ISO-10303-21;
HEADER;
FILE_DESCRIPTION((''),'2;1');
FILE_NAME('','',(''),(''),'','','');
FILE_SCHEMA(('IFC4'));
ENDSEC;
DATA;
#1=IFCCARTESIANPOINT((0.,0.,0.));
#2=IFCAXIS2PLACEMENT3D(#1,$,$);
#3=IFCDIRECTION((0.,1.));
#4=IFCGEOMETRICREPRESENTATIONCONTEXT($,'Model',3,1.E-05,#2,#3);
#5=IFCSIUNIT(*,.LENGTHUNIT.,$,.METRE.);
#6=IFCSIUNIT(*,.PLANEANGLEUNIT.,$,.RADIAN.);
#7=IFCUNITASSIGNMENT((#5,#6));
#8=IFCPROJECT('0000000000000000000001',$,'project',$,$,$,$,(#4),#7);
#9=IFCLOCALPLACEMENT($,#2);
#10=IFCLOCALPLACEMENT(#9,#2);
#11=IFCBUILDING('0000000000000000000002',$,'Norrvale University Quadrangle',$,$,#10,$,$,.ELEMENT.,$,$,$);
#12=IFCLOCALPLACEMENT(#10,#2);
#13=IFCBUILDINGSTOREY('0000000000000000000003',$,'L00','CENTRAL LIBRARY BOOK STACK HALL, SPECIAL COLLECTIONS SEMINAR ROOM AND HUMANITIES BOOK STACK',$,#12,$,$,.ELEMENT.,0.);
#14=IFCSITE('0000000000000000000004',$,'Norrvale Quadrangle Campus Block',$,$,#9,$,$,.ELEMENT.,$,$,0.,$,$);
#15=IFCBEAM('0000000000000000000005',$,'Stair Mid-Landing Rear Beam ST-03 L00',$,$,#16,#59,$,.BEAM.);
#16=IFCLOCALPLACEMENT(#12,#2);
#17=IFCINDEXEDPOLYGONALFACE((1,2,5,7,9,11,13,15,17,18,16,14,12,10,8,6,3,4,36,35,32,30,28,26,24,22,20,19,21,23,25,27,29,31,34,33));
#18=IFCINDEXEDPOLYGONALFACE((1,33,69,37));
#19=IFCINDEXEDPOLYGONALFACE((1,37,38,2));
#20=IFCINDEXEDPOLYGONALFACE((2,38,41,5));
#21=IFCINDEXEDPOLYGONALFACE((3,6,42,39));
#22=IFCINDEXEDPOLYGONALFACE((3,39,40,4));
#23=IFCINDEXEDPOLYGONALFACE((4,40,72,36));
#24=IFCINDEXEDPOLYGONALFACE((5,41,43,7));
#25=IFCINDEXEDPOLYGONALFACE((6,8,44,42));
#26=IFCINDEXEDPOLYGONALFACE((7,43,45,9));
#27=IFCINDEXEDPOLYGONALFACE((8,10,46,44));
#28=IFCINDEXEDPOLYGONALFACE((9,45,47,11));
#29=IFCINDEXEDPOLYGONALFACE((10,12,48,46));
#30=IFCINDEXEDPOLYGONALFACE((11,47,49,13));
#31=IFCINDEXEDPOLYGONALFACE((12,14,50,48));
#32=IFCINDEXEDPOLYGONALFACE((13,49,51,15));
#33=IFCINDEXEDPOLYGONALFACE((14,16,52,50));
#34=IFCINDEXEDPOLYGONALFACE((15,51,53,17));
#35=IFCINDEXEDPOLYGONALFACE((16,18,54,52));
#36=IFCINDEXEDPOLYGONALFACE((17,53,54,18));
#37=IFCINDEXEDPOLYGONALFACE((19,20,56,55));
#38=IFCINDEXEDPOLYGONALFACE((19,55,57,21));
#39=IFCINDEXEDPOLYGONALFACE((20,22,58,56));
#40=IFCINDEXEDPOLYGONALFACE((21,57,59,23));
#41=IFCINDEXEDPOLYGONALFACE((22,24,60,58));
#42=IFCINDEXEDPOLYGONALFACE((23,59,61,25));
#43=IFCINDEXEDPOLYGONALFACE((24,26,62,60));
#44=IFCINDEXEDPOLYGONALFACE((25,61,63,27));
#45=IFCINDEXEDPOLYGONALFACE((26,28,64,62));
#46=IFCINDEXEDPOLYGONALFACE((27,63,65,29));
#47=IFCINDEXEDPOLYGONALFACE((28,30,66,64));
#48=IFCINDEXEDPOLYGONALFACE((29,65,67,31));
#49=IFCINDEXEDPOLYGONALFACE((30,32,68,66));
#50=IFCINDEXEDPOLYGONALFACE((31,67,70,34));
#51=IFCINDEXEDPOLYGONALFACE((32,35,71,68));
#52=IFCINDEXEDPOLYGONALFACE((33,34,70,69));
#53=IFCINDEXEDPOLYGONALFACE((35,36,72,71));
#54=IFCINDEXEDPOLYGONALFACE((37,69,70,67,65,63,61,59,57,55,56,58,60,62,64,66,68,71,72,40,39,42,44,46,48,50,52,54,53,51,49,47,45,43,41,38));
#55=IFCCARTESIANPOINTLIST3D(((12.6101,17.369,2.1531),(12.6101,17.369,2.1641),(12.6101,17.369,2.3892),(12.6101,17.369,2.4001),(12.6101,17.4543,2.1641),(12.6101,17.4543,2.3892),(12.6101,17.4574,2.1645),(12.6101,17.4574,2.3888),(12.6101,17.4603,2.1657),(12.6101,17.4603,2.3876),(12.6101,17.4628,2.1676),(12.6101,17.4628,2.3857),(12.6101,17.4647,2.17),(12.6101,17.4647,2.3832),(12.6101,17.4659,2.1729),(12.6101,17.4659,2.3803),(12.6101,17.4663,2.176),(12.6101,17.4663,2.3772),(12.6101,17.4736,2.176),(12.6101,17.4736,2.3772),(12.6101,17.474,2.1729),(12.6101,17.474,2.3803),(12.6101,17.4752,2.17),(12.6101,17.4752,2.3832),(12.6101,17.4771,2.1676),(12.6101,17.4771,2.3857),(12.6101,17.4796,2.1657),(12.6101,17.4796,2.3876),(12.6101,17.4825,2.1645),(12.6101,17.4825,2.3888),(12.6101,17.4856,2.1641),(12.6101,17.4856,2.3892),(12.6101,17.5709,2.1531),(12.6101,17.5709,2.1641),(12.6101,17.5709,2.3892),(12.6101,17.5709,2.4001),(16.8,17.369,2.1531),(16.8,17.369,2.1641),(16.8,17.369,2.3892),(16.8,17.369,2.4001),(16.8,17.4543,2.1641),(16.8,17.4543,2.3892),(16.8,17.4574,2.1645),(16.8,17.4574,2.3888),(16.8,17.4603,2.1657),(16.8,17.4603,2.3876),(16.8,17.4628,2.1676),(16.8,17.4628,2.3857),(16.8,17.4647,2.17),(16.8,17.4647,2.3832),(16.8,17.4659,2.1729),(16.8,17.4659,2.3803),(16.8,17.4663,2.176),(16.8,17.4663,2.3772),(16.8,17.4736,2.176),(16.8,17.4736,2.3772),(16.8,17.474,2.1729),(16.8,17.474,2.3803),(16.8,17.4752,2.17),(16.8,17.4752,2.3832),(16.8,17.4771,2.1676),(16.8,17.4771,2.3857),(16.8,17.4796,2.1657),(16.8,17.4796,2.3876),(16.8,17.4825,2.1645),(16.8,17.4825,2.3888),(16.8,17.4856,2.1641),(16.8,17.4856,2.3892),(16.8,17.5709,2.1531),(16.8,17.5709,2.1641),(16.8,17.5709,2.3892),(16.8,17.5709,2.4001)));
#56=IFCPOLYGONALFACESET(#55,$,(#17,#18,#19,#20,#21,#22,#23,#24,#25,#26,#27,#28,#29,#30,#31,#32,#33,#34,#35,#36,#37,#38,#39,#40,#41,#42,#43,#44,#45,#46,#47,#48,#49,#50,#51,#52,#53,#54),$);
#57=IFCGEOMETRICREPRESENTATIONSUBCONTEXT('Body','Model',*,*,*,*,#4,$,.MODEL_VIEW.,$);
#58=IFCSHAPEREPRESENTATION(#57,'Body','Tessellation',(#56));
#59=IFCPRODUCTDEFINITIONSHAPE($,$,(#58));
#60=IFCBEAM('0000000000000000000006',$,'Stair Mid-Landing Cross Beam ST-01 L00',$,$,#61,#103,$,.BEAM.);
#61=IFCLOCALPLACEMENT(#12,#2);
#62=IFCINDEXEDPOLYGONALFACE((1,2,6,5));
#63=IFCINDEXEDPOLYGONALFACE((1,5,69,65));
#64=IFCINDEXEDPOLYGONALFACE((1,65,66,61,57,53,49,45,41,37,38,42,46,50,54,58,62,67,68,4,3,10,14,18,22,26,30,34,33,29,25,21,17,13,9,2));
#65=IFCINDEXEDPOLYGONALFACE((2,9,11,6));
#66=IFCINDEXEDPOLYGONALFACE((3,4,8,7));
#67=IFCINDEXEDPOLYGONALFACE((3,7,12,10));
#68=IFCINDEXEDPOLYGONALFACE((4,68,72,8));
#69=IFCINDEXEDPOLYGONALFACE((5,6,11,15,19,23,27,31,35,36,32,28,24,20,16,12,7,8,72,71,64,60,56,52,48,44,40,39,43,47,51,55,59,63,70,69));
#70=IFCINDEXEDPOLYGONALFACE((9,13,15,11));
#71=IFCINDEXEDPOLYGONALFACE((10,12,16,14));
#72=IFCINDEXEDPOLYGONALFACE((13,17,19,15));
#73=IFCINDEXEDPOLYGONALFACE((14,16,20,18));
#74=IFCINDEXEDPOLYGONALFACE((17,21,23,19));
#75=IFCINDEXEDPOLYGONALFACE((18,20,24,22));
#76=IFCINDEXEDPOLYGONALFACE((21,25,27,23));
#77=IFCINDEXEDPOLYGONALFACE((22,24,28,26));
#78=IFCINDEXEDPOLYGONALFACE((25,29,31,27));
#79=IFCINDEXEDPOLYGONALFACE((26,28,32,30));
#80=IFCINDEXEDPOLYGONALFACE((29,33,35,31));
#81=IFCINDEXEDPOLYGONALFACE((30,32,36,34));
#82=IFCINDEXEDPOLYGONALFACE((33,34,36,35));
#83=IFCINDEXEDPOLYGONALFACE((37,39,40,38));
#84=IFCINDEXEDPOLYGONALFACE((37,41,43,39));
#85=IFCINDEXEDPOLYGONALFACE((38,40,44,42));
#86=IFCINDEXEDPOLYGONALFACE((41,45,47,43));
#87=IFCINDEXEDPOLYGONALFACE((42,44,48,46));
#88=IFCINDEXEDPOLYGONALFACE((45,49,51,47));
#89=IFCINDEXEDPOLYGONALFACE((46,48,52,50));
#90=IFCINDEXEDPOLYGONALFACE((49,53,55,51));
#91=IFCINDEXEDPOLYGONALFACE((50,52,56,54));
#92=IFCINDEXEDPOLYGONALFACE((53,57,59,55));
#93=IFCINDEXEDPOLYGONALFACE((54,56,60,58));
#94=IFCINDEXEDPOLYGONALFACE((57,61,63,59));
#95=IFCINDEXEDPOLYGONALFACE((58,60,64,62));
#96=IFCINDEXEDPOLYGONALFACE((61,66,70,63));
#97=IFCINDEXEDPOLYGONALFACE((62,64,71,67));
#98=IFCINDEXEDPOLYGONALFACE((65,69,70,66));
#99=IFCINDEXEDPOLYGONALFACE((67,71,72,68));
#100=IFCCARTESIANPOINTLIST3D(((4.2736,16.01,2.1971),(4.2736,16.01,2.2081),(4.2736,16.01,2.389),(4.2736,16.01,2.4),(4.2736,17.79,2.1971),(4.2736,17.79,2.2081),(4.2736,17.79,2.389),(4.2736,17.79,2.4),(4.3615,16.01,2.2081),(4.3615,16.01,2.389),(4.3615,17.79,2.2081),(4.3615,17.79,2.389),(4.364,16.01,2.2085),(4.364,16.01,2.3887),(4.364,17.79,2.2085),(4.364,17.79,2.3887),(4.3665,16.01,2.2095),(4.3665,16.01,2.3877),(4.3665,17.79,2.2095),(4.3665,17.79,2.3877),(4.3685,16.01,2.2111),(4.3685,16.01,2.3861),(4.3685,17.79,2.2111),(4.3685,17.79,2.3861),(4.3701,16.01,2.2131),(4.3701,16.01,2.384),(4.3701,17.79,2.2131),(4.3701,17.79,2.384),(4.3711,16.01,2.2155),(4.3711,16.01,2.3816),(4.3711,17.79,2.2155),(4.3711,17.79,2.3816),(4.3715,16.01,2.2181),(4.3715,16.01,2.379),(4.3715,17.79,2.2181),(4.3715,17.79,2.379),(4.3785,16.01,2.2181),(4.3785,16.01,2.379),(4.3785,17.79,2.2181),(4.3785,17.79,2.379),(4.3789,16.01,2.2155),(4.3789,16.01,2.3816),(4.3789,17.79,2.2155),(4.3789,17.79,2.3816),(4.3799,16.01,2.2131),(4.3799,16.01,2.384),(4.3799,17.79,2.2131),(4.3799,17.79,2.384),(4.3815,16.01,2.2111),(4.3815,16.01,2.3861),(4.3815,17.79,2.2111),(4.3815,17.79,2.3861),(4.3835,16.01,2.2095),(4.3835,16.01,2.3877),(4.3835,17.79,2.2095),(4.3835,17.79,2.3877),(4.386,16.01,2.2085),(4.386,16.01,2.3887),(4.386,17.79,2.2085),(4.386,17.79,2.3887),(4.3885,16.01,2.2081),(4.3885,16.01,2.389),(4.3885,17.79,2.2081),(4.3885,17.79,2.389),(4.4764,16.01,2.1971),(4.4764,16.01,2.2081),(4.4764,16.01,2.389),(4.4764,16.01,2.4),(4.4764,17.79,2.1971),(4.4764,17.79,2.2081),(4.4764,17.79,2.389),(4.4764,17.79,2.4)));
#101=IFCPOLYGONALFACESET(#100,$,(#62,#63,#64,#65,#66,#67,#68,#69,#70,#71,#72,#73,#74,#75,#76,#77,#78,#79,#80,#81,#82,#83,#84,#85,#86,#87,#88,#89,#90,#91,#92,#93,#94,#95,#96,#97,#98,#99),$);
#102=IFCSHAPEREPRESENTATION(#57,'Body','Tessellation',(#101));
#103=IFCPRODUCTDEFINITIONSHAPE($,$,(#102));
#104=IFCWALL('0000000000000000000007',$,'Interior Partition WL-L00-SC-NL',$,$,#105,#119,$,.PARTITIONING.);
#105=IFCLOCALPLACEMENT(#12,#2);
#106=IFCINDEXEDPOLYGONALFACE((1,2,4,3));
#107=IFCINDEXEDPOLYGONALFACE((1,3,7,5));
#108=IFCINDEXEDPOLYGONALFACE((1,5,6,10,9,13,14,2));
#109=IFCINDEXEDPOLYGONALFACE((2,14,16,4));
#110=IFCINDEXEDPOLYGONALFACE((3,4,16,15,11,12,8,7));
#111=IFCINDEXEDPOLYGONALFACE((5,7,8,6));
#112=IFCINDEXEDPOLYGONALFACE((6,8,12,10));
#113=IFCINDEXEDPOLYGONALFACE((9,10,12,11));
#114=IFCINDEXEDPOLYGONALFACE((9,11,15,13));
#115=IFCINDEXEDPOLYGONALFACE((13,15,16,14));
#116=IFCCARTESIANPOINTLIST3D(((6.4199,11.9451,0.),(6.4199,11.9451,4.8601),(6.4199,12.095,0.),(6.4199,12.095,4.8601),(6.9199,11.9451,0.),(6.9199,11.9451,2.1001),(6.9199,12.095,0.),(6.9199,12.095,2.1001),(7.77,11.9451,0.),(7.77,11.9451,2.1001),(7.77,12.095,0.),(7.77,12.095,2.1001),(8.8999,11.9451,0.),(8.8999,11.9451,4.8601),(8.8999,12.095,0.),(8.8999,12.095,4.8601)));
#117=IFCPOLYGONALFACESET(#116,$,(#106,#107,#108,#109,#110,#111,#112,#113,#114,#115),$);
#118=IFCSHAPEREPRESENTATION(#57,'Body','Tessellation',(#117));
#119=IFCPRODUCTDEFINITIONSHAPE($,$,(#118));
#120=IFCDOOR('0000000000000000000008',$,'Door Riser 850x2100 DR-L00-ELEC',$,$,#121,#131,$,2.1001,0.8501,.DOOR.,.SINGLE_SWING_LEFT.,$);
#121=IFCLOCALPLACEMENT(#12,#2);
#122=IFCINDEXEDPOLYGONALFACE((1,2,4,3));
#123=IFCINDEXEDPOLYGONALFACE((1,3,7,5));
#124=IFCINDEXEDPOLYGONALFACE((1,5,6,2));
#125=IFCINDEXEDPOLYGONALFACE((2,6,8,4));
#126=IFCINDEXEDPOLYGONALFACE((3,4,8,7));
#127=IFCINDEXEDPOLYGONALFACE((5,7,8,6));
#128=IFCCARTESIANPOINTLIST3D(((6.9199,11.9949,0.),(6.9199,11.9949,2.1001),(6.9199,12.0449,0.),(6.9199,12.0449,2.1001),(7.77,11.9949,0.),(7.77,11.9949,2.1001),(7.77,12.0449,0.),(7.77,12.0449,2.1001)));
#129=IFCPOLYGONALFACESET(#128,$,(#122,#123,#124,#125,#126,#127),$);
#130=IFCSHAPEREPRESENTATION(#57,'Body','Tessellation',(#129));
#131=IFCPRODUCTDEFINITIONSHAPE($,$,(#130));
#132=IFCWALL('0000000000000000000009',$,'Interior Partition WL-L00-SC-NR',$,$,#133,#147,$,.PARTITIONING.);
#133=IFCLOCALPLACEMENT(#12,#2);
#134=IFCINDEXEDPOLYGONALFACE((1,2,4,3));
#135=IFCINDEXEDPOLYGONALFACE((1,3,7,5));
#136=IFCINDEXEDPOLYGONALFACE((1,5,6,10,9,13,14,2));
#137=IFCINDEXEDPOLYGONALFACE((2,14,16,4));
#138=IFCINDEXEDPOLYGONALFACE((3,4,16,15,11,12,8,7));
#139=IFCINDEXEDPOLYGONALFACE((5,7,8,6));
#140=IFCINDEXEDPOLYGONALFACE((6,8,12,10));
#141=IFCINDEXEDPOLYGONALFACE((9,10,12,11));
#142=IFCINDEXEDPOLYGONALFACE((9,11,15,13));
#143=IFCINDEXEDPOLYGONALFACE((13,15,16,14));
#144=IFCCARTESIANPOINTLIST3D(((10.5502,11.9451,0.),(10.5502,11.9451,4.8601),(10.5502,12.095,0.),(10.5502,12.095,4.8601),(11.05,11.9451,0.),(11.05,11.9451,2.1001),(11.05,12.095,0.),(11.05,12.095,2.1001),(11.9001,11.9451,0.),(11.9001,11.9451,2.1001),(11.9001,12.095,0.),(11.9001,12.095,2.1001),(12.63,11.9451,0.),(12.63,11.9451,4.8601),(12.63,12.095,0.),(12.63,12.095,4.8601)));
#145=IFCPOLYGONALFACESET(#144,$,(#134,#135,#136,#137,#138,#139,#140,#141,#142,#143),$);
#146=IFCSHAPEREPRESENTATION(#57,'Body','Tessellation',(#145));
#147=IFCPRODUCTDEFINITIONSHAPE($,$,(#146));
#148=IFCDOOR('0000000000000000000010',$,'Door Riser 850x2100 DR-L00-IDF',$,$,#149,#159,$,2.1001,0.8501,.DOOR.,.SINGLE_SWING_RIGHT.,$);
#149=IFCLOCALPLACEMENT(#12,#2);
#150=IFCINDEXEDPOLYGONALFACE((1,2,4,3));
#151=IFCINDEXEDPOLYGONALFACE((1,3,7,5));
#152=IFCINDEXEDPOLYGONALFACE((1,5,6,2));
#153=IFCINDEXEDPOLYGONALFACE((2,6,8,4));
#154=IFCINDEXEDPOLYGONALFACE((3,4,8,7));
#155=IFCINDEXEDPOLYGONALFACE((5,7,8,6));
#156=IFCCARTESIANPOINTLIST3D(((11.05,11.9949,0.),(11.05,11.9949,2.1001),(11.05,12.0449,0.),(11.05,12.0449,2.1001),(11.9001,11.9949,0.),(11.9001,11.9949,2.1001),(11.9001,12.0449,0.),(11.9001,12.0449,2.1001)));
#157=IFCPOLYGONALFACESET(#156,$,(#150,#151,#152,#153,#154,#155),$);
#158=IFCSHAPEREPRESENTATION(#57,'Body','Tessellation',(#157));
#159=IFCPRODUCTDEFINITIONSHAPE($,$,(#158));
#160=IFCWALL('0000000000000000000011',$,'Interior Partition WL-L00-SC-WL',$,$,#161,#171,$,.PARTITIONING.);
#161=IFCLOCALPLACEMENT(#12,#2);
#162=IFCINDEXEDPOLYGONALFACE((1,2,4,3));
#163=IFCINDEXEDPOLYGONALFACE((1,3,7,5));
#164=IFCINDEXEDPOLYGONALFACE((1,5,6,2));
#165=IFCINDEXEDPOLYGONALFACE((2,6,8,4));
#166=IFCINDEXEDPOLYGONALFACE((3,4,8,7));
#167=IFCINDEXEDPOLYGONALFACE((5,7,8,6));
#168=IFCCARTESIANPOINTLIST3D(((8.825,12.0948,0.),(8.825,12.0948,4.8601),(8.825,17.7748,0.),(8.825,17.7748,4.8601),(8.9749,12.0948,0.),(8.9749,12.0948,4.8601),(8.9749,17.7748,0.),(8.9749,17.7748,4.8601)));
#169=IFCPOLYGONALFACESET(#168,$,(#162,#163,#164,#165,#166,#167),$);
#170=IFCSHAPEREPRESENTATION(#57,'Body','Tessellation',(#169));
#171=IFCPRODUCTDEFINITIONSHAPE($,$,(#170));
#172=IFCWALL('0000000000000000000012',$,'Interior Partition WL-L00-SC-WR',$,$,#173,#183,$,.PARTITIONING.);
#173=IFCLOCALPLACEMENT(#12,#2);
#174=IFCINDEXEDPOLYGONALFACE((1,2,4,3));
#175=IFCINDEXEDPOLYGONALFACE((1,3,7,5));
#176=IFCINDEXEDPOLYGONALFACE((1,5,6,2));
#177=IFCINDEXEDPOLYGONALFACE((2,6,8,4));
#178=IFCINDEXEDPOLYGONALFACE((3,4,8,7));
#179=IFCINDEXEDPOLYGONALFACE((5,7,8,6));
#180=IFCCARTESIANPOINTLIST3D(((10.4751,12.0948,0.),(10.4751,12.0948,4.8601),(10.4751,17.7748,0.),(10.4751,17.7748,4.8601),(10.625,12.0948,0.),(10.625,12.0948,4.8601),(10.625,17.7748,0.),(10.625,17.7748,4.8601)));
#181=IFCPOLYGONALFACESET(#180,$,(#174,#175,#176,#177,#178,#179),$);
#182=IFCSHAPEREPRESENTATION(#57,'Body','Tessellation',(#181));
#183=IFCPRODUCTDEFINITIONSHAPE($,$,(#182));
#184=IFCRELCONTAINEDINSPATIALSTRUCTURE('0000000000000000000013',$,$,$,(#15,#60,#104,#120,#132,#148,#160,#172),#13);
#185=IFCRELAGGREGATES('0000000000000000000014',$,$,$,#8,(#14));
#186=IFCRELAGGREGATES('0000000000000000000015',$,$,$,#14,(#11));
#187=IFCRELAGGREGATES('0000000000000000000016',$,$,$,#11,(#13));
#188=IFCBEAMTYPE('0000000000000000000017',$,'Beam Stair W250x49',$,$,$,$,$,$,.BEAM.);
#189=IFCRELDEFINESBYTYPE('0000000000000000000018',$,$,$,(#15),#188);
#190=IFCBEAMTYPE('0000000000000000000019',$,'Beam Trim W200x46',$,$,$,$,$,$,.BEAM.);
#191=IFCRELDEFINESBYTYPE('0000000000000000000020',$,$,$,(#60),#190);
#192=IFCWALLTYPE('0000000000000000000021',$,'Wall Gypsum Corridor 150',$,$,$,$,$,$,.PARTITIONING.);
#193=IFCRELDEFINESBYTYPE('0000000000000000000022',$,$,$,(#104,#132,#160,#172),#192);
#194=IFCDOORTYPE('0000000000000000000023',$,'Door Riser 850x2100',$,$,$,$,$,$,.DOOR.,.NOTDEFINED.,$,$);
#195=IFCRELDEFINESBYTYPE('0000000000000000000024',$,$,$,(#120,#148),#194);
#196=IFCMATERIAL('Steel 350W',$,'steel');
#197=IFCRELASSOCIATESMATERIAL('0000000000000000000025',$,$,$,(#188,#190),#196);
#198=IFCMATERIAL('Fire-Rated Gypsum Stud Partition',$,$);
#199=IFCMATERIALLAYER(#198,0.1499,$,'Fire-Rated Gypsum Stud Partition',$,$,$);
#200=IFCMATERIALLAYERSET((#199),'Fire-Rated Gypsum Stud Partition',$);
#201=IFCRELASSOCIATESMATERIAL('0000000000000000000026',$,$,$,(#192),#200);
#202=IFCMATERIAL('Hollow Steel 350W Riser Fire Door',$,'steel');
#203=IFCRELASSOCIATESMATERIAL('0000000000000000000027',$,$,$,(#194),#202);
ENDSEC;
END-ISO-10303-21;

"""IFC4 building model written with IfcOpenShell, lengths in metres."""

from ifc_helpers import new_model, si_unit, direction, frame, frame_2d, origin, origin_2d, place, context, subcontext, project, spatial, rectangle, i_section, extrude, material, layer, layer_set, material_profile, profile_set, type_object, element, fill, save


model = new_model("IFC4")

# Units and contexts
model_context = context("Model", 3, precision=1e-05, world=origin(), true_north=direction((0.0, 1.0)))
body_context = subcontext(model_context, "Body", "Model", "MODEL_VIEW")
ifc_project = project(units=[si_unit("LENGTHUNIT", "METRE"), si_unit("PLANEANGLEUNIT", "RADIAN")], contexts=[model_context])

# Site, building, storey
site_placement = place(None, origin())
site = spatial("IfcSite", under=ifc_project, at=site_placement, Name="Norrvale Quadrangle Campus Block", CompositionType="ELEMENT", RefElevation=0.0)
building_placement = place(site_placement, origin())
building = spatial("IfcBuilding", under=site, at=building_placement, Name="Norrvale University Quadrangle", CompositionType="ELEMENT")
storey_placement = place(building_placement, origin())
storey = spatial("IfcBuildingStorey", under=building, at=storey_placement, Name="L00", Description="CENTRAL LIBRARY BOOK STACK HALL, SPECIAL COLLECTIONS SEMINAR ROOM AND HUMANITIES BOOK STACK", CompositionType="ELEMENT", Elevation=0.0)

# Beams
ifc_material_1 = material(Name="Steel 350W", Category="steel")
ifc_material_profile_1 = material_profile(ifc_material_1, i_section(OverallWidth=0.2019, OverallDepth=0.2471, WebThickness=0.0073, FlangeThickness=0.011, FilletRadius=0.012, at=origin_2d()), Name="Steel 350W")
ifc_profile_set_1 = profile_set([ifc_material_profile_1], Name="Steel 350W")
beam_type_1 = type_object("IfcBeamType", Name="Beam Stair W250x49", PredefinedType="BEAM", material=ifc_profile_set_1)
for number, where, z_axis, x_axis, name in (
    (1, (12.6101, 17.47, 2.2766), (1.0, 0.0, 0.0), (0.0, 1.0, 0.0), "Stair Mid-Landing Rear Beam ST-03 L00"),
):
    element("IfcBeam", number, at=place(storey_placement, frame(where, z_axis=z_axis, x_axis=x_axis)), inside=storey, type_object=beam_type_1, Name=name, PredefinedType="BEAM", context=body_context, shape_type="SweptSolid", body=[
        extrude(i_section(OverallWidth=0.2019, OverallDepth=0.2471, WebThickness=0.0073, FlangeThickness=0.011, FilletRadius=0.012, at=origin_2d()), origin(), (0.0, 0.0, 1.0), 4.1899),
    ])
ifc_material_profile_2 = material_profile(ifc_material_1, i_section(OverallWidth=0.2029, OverallDepth=0.2029, WebThickness=0.0071, FlangeThickness=0.011, FilletRadius=0.01, at=origin_2d()), Name="Steel 350W")
ifc_profile_set_2 = profile_set([ifc_material_profile_2], Name="Steel 350W")
beam_type_2 = type_object("IfcBeamType", Name="Beam Trim W200x46", PredefinedType="BEAM", material=ifc_profile_set_2)
beam_1_placement = place(storey_placement, frame((4.375, 16.01, 2.2986), z_axis=(0.0, 1.0, 0.0), x_axis=(-1.0, 0.0, 0.0)))
element("IfcBeam", 2, at=beam_1_placement, inside=storey, type_object=beam_type_2, Name="Stair Mid-Landing Cross Beam ST-01 L00", PredefinedType="BEAM", context=body_context, shape_type="SweptSolid", body=[
    extrude(i_section(OverallWidth=0.2029, OverallDepth=0.2029, WebThickness=0.0071, FlangeThickness=0.011, FilletRadius=0.01, at=origin_2d()), origin(), (0.0, 0.0, 1.0), 1.78),
])

# Walls, openings, doors
ifc_material_2 = material(Name="Fire-Rated Gypsum Stud Partition")
ifc_layer_1 = layer(ifc_material_2, 0.1499, Name="Fire-Rated Gypsum Stud Partition")
ifc_layer_set_1 = layer_set([ifc_layer_1], Name="Fire-Rated Gypsum Stud Partition")
wall_type_1 = type_object("IfcWallType", Name="Wall Gypsum Corridor 150", PredefinedType="PARTITIONING", material=ifc_layer_set_1)
wall_1_placement = place(storey_placement, frame((6.4199, 12.02, 0.0), z_axis=(0.0, 0.0, 1.0), x_axis=(1.0, 0.0, 0.0)))
wall_1 = element("IfcWall", 3, at=wall_1_placement, inside=storey, type_object=wall_type_1, Name="Interior Partition WL-L00-SC-NL", PredefinedType="PARTITIONING", context=body_context, shape_type="SweptSolid", body=[
    extrude(rectangle(XDim=2.48, YDim=0.1499, at=frame_2d((1.24, 0.0))), origin(), (0.0, 0.0, 1.0), 4.8601),
])
opening_1_placement = place(wall_1_placement, frame((0.5, 0.0, 0.0)))
opening_1 = element("IfcOpeningElement", 4, at=opening_1_placement, cuts=wall_1, PredefinedType="OPENING", context=body_context, shape_type="SweptSolid", body=[
    extrude(rectangle(XDim=0.8501, YDim=2.1001, at=frame_2d((0.425, 1.05))), frame((0.0, 0.0869, 0.0), z_axis=(0.0, -1.0, 0.0), x_axis=(1.0, 0.0, 0.0)), (0.0, 0.0, 1.0), 0.1738),
])
ifc_material_3 = material(Name="Hollow Steel 350W Riser Fire Door", Category="steel")
door_type_1 = type_object("IfcDoorType", Name="Door Riser 850x2100", OperationType="NOTDEFINED", PredefinedType="DOOR", material=ifc_material_3)
door_1_placement = place(opening_1_placement, origin())
door_1 = element("IfcDoor", 5, at=door_1_placement, inside=storey, type_object=door_type_1, Name="Door Riser 850x2100 DR-L00-ELEC", OperationType="SINGLE_SWING_LEFT", OverallHeight=2.1001, OverallWidth=0.8501, PredefinedType="DOOR", context=body_context, shape_type="SweptSolid", body=[
    extrude(rectangle(XDim=0.8501, YDim=2.1001, at=frame_2d((0.425, 1.05))), frame((0.0, 0.0249, 0.0), z_axis=(0.0, -1.0, 0.0), x_axis=(1.0, 0.0, 0.0)), (0.0, 0.0, 1.0), 0.05),
])
fill(opening_1, door_1)
wall_2_placement = place(storey_placement, frame((10.55, 12.02, 0.0), z_axis=(0.0, 0.0, 1.0), x_axis=(1.0, 0.0, 0.0)))
wall_2 = element("IfcWall", 6, at=wall_2_placement, inside=storey, type_object=wall_type_1, Name="Interior Partition WL-L00-SC-NR", PredefinedType="PARTITIONING", context=body_context, shape_type="SweptSolid", body=[
    extrude(rectangle(XDim=2.0798, YDim=0.1499, at=frame_2d((1.04, 0.0))), origin(), (0.0, 0.0, 1.0), 4.8601),
])
opening_2_placement = place(wall_2_placement, frame((0.5, 0.0, 0.0)))
opening_2 = element("IfcOpeningElement", 7, at=opening_2_placement, cuts=wall_2, PredefinedType="OPENING", context=body_context, shape_type="SweptSolid", body=[
    extrude(rectangle(XDim=0.8501, YDim=2.1001, at=frame_2d((0.425, 1.05))), frame((0.0, 0.0869, 0.0), z_axis=(0.0, -1.0, 0.0), x_axis=(1.0, 0.0, 0.0)), (0.0, 0.0, 1.0), 0.1738),
])
door_2_placement = place(opening_2_placement, origin())
door_2 = element("IfcDoor", 8, at=door_2_placement, inside=storey, type_object=door_type_1, Name="Door Riser 850x2100 DR-L00-IDF", OperationType="SINGLE_SWING_RIGHT", OverallHeight=2.1001, OverallWidth=0.8501, PredefinedType="DOOR", context=body_context, shape_type="SweptSolid", body=[
    extrude(rectangle(XDim=0.8501, YDim=2.1001, at=frame_2d((0.425, 1.05))), frame((0.0, 0.0249, 0.0), z_axis=(0.0, -1.0, 0.0), x_axis=(1.0, 0.0, 0.0)), (0.0, 0.0, 1.0), 0.05),
])
fill(opening_2, door_2)

# Walls
for number, where, z_axis, x_axis, name in (
    (9, (8.8999, 12.095, 0.0), (0.0, 0.0, 1.0), (0.0, 1.0, 0.0), "Interior Partition WL-L00-SC-WL"),
    (10, (10.55, 12.095, 0.0), (0.0, 0.0, 1.0), (0.0, 1.0, 0.0), "Interior Partition WL-L00-SC-WR"),
):
    element("IfcWall", number, at=place(storey_placement, frame(where, z_axis=z_axis, x_axis=x_axis)), inside=storey, type_object=wall_type_1, Name=name, PredefinedType="PARTITIONING", context=body_context, shape_type="SweptSolid", body=[
        extrude(rectangle(XDim=5.6799, YDim=0.1499, at=frame_2d((2.8398, 0.0))), origin(), (0.0, 0.0, 1.0), 4.8601),
    ])

save(model, "model.ifc")
